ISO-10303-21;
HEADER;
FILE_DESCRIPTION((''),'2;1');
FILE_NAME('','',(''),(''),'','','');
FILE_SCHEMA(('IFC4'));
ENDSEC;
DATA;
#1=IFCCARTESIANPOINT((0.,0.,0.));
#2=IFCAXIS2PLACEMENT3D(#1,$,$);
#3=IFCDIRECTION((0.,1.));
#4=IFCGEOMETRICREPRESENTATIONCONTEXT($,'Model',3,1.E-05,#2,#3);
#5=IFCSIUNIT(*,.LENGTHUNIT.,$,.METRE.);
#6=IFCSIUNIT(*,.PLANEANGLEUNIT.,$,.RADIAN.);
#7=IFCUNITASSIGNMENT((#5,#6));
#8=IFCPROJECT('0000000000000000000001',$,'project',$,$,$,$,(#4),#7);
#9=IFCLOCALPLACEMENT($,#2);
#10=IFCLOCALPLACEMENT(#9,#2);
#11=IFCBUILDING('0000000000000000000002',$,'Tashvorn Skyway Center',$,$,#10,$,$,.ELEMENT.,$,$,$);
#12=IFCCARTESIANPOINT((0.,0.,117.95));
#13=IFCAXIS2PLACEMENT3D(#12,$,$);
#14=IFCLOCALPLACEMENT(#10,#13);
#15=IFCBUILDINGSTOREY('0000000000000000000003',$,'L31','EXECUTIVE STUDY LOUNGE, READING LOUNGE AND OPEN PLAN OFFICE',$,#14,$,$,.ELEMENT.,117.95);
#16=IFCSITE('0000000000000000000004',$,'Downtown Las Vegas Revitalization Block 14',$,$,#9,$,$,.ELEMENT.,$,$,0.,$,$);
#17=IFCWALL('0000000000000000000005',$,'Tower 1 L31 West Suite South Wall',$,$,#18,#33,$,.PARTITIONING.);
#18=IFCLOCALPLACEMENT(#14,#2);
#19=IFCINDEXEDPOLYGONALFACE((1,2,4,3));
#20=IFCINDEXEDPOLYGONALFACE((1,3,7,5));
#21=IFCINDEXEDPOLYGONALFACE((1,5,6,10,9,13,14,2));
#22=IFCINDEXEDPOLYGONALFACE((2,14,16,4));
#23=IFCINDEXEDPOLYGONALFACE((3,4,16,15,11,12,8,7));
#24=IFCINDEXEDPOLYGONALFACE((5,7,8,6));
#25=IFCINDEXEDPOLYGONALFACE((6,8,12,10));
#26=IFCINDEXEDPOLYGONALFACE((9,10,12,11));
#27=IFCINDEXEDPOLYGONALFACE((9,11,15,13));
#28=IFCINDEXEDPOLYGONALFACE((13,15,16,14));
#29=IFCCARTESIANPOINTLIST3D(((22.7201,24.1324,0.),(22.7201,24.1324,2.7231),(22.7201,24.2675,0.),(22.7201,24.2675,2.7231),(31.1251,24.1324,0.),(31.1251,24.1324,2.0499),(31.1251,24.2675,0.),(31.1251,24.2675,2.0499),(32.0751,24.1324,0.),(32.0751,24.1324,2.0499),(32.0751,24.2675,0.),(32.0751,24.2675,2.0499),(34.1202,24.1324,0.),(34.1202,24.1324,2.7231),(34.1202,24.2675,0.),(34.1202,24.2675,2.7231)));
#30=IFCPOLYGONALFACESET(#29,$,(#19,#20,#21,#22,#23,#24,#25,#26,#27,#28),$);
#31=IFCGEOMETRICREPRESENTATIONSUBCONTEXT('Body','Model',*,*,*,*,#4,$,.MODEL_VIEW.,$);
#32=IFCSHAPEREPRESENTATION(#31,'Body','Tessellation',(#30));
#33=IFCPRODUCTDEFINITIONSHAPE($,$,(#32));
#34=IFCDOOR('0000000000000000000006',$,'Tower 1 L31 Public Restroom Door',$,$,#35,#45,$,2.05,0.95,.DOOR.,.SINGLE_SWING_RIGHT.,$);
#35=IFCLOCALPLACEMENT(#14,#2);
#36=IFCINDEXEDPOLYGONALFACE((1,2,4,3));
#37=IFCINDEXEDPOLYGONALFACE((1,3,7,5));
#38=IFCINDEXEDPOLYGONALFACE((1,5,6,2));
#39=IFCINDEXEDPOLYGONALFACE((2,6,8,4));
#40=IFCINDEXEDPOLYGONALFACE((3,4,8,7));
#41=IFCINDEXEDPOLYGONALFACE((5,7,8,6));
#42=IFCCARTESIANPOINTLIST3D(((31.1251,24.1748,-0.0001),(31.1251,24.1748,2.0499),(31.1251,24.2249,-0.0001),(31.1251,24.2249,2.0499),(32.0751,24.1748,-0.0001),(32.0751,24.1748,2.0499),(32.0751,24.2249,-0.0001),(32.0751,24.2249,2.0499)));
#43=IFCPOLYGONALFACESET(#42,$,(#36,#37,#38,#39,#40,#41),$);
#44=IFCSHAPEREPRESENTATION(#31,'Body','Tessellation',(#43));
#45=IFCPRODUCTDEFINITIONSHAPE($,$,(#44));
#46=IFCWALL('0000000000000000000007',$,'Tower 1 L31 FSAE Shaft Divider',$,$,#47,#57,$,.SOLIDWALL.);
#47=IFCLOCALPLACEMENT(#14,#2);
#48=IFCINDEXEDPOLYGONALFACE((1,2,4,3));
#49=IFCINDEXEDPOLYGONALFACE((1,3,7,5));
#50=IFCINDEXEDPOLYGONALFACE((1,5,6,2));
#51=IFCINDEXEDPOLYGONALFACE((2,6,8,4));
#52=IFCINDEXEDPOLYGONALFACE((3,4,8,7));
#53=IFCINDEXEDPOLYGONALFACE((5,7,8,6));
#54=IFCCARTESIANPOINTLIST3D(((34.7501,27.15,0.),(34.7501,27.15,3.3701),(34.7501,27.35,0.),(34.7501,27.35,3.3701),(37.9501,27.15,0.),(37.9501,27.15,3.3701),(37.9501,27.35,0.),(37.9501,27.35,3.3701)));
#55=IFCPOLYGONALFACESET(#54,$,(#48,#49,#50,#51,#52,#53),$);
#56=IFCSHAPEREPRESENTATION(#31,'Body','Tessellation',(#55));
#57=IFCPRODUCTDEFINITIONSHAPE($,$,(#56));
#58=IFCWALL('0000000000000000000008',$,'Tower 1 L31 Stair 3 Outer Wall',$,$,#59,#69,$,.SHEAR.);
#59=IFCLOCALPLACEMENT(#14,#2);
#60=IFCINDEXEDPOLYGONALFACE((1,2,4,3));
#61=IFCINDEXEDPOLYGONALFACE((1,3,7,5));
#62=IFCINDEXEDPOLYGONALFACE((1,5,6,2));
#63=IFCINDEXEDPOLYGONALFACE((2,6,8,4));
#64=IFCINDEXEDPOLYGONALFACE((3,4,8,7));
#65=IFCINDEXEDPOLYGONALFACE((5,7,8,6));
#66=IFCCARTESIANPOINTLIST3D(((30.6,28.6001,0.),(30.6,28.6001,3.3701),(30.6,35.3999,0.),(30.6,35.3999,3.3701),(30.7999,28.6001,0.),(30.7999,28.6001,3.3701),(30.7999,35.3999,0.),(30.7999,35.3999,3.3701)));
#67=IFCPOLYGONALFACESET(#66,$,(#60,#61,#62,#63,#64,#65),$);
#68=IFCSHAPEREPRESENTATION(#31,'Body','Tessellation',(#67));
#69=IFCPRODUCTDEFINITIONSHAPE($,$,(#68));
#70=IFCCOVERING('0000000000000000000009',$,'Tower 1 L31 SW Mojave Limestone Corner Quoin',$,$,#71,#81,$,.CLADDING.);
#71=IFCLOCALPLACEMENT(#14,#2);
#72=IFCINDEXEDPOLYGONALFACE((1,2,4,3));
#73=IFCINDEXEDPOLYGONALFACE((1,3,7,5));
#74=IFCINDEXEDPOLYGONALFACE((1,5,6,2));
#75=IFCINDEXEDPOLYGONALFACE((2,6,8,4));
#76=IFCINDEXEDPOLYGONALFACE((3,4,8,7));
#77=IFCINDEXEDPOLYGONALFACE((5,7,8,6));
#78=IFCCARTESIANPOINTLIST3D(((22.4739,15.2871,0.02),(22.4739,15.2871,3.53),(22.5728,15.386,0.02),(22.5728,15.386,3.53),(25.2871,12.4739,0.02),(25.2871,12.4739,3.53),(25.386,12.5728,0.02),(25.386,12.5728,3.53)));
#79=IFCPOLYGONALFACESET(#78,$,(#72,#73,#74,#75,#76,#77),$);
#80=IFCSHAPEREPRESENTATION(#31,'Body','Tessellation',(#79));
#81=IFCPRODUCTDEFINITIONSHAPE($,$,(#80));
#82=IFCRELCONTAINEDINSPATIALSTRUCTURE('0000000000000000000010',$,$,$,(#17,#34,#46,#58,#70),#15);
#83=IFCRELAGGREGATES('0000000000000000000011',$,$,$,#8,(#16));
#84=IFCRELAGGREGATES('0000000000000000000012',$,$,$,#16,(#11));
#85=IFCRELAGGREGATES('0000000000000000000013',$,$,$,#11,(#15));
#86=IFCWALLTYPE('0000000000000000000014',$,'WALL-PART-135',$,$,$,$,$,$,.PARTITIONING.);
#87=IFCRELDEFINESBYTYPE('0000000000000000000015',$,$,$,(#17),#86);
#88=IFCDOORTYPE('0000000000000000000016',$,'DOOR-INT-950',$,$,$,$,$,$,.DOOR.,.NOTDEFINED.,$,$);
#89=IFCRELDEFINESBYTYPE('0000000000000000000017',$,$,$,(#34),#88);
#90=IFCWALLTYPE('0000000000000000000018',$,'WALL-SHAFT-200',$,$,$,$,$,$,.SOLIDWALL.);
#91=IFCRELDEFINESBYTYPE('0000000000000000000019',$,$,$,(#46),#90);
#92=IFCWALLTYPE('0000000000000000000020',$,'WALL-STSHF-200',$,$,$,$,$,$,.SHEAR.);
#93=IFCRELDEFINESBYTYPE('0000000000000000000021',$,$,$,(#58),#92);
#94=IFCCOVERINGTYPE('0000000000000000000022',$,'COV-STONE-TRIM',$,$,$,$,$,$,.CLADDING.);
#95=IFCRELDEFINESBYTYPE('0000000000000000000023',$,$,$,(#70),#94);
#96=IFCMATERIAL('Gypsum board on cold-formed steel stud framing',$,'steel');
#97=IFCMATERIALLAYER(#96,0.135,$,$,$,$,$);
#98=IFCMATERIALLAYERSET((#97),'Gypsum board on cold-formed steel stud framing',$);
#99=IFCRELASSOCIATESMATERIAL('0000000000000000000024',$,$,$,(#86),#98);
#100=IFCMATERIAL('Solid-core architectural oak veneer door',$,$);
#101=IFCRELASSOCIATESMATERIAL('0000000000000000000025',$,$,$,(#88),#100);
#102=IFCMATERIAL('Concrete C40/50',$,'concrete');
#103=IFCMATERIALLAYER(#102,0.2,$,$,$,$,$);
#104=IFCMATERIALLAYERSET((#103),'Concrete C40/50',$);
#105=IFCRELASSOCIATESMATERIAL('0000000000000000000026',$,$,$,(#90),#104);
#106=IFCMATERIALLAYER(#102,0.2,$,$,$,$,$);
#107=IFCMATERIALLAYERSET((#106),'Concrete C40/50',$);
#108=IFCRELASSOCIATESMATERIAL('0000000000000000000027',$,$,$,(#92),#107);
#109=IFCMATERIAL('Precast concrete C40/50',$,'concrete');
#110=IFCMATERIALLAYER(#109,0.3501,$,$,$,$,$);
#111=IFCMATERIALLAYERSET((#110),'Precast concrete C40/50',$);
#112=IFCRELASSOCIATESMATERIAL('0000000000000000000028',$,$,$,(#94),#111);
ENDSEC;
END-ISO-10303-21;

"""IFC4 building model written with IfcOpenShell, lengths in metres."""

from ifc_helpers import new_model, si_unit, direction, frame, frame_2d, origin, origin_2d, place, context, subcontext, project, spatial, rectangle, extrude, material, layer, layer_set, type_object, element, fill, save


model = new_model("IFC4")

# Units and contexts
model_context = context("Model", 3, precision=1e-05, world=origin(), true_north=direction((0.0, 1.0)))
body_context = subcontext(model_context, "Body", "Model", "MODEL_VIEW")
ifc_project = project(units=[si_unit("LENGTHUNIT", "METRE"), si_unit("PLANEANGLEUNIT", "RADIAN")], contexts=[model_context])

# Site, building, storey
site_placement = place(None, origin())
site = spatial("IfcSite", under=ifc_project, at=site_placement, Name="Downtown Las Vegas Revitalization Block 14", CompositionType="ELEMENT", RefElevation=0.0)
building_placement = place(site_placement, origin())
building = spatial("IfcBuilding", under=site, at=building_placement, Name="Tashvorn Skyway Center", CompositionType="ELEMENT")
storey_placement = place(building_placement, frame((0.0, 0.0, 117.95)))
storey = spatial("IfcBuildingStorey", under=building, at=storey_placement, Name="L31", Description="EXECUTIVE STUDY LOUNGE, READING LOUNGE AND OPEN PLAN OFFICE", CompositionType="ELEMENT", Elevation=117.95)

# Shared definitions
ifc_material_1 = material(Name="Precast concrete C40/50", Category="concrete")
ifc_material_2 = material(Name="Gypsum board on cold-formed steel stud framing", Category="steel")
ifc_layer_1 = layer(ifc_material_2, 0.135)
ifc_layer_set_1 = layer_set([ifc_layer_1], Name="Gypsum board on cold-formed steel stud framing")
wall_type_1 = type_object("IfcWallType", Name="WALL-PART-135", PredefinedType="PARTITIONING", material=ifc_layer_set_1)

# Wall, opening, door
wall_1_placement = place(storey_placement, frame((22.72, 24.2, 0.0), z_axis=(0.0, 0.0, 1.0), x_axis=(1.0, 0.0, 0.0)))
wall_1 = element("IfcWall", 1, at=wall_1_placement, inside=storey, type_object=wall_type_1, Name="Tower 1 L31 West Suite South Wall", PredefinedType="PARTITIONING", context=body_context, shape_type="SweptSolid", body=[
    extrude(rectangle(XDim=11.4001, YDim=0.135, at=frame_2d((5.7002, 0.0))), origin(), (0.0, 0.0, 1.0), 2.7231),
])
opening_placement = place(wall_1_placement, frame((8.405, 0.0, 0.0)))
opening = element("IfcOpeningElement", 2, at=opening_placement, cuts=wall_1, PredefinedType="OPENING", context=body_context, shape_type="SweptSolid", body=[
    extrude(rectangle(XDim=0.95, YDim=2.05, at=frame_2d((0.4751, 1.0249))), frame((0.0, 0.0774, 0.0), z_axis=(0.0, -1.0, 0.0), x_axis=(1.0, 0.0, 0.0)), (0.0, 0.0, 1.0), 0.155),
])
ifc_material_3 = material(Name="Solid-core architectural oak veneer door")
door_type = type_object("IfcDoorType", Name="DOOR-INT-950", OperationType="NOTDEFINED", PredefinedType="DOOR", material=ifc_material_3)
door_placement = place(opening_placement, origin())
door = element("IfcDoor", 3, at=door_placement, inside=storey, type_object=door_type, Name="Tower 1 L31 Public Restroom Door", OperationType="SINGLE_SWING_RIGHT", OverallHeight=2.05, OverallWidth=0.95, PredefinedType="DOOR", context=body_context, shape_type="SweptSolid", body=[
    extrude(rectangle(XDim=0.95, YDim=2.05, at=frame_2d((0.4751, 1.0249))), frame((0.0, 0.0249, 0.0), z_axis=(0.0, -1.0, 0.0), x_axis=(1.0, 0.0, 0.0)), (0.0, 0.0, 1.0), 0.05),
])
fill(opening, door)

# Walls
ifc_material_4 = material(Name="Concrete C40/50", Category="concrete")
ifc_layer_2 = layer(ifc_material_4, 0.2)
ifc_layer_set_2 = layer_set([ifc_layer_2], Name="Concrete C40/50")
wall_type_2 = type_object("IfcWallType", Name="WALL-SHAFT-200", PredefinedType="SOLIDWALL", material=ifc_layer_set_2)
wall_2_placement = place(storey_placement, frame((34.75, 27.25, 0.0), z_axis=(0.0, 0.0, 1.0), x_axis=(1.0, 0.0, 0.0)))
element("IfcWall", 4, at=wall_2_placement, inside=storey, type_object=wall_type_2, Name="Tower 1 L31 FSAE Shaft Divider", PredefinedType="SOLIDWALL", context=body_context, shape_type="SweptSolid", body=[
    extrude(rectangle(XDim=3.2, YDim=0.2, at=frame_2d((1.6001, 0.0))), origin(), (0.0, 0.0, 1.0), 3.3701),
])
ifc_layer_3 = layer(ifc_material_4, 0.2)
ifc_layer_set_3 = layer_set([ifc_layer_3], Name="Concrete C40/50")
wall_type_3 = type_object("IfcWallType", Name="WALL-STSHF-200", PredefinedType="SHEAR", material=ifc_layer_set_3)
wall_3_placement = place(storey_placement, frame((30.7, 28.6001, 0.0), z_axis=(0.0, 0.0, 1.0), x_axis=(0.0, 1.0, 0.0)))
element("IfcWall", 5, at=wall_3_placement, inside=storey, type_object=wall_type_3, Name="Tower 1 L31 Stair 3 Outer Wall", PredefinedType="SHEAR", context=body_context, shape_type="SweptSolid", body=[
    extrude(rectangle(XDim=6.7998, YDim=0.2, at=frame_2d((3.3999, 0.0))), origin(), (0.0, 0.0, 1.0), 3.3701),
])

# Covering
ifc_layer_4 = layer(ifc_material_1, 0.3501)
ifc_layer_set_4 = layer_set([ifc_layer_4], Name="Precast concrete C40/50")
covering_type = type_object("IfcCoveringType", Name="COV-STONE-TRIM", PredefinedType="CLADDING", material=ifc_layer_set_4)
covering_placement = place(storey_placement, frame((23.9299, 13.9299, 0.02), z_axis=(0.0, 0.0, 1.0), x_axis=(-0.707107, 0.707107, 0.0)))
element("IfcCovering", 6, at=covering_placement, inside=storey, type_object=covering_type, Name="Tower 1 L31 SW Mojave Limestone Corner Quoin", PredefinedType="CLADDING", context=body_context, shape_type="SweptSolid", body=[
    extrude(rectangle(XDim=3.9785, YDim=0.1399, at=origin_2d()), origin(), (0.0, 0.0, 1.0), 3.51),
])

save(model, "model.ifc")
